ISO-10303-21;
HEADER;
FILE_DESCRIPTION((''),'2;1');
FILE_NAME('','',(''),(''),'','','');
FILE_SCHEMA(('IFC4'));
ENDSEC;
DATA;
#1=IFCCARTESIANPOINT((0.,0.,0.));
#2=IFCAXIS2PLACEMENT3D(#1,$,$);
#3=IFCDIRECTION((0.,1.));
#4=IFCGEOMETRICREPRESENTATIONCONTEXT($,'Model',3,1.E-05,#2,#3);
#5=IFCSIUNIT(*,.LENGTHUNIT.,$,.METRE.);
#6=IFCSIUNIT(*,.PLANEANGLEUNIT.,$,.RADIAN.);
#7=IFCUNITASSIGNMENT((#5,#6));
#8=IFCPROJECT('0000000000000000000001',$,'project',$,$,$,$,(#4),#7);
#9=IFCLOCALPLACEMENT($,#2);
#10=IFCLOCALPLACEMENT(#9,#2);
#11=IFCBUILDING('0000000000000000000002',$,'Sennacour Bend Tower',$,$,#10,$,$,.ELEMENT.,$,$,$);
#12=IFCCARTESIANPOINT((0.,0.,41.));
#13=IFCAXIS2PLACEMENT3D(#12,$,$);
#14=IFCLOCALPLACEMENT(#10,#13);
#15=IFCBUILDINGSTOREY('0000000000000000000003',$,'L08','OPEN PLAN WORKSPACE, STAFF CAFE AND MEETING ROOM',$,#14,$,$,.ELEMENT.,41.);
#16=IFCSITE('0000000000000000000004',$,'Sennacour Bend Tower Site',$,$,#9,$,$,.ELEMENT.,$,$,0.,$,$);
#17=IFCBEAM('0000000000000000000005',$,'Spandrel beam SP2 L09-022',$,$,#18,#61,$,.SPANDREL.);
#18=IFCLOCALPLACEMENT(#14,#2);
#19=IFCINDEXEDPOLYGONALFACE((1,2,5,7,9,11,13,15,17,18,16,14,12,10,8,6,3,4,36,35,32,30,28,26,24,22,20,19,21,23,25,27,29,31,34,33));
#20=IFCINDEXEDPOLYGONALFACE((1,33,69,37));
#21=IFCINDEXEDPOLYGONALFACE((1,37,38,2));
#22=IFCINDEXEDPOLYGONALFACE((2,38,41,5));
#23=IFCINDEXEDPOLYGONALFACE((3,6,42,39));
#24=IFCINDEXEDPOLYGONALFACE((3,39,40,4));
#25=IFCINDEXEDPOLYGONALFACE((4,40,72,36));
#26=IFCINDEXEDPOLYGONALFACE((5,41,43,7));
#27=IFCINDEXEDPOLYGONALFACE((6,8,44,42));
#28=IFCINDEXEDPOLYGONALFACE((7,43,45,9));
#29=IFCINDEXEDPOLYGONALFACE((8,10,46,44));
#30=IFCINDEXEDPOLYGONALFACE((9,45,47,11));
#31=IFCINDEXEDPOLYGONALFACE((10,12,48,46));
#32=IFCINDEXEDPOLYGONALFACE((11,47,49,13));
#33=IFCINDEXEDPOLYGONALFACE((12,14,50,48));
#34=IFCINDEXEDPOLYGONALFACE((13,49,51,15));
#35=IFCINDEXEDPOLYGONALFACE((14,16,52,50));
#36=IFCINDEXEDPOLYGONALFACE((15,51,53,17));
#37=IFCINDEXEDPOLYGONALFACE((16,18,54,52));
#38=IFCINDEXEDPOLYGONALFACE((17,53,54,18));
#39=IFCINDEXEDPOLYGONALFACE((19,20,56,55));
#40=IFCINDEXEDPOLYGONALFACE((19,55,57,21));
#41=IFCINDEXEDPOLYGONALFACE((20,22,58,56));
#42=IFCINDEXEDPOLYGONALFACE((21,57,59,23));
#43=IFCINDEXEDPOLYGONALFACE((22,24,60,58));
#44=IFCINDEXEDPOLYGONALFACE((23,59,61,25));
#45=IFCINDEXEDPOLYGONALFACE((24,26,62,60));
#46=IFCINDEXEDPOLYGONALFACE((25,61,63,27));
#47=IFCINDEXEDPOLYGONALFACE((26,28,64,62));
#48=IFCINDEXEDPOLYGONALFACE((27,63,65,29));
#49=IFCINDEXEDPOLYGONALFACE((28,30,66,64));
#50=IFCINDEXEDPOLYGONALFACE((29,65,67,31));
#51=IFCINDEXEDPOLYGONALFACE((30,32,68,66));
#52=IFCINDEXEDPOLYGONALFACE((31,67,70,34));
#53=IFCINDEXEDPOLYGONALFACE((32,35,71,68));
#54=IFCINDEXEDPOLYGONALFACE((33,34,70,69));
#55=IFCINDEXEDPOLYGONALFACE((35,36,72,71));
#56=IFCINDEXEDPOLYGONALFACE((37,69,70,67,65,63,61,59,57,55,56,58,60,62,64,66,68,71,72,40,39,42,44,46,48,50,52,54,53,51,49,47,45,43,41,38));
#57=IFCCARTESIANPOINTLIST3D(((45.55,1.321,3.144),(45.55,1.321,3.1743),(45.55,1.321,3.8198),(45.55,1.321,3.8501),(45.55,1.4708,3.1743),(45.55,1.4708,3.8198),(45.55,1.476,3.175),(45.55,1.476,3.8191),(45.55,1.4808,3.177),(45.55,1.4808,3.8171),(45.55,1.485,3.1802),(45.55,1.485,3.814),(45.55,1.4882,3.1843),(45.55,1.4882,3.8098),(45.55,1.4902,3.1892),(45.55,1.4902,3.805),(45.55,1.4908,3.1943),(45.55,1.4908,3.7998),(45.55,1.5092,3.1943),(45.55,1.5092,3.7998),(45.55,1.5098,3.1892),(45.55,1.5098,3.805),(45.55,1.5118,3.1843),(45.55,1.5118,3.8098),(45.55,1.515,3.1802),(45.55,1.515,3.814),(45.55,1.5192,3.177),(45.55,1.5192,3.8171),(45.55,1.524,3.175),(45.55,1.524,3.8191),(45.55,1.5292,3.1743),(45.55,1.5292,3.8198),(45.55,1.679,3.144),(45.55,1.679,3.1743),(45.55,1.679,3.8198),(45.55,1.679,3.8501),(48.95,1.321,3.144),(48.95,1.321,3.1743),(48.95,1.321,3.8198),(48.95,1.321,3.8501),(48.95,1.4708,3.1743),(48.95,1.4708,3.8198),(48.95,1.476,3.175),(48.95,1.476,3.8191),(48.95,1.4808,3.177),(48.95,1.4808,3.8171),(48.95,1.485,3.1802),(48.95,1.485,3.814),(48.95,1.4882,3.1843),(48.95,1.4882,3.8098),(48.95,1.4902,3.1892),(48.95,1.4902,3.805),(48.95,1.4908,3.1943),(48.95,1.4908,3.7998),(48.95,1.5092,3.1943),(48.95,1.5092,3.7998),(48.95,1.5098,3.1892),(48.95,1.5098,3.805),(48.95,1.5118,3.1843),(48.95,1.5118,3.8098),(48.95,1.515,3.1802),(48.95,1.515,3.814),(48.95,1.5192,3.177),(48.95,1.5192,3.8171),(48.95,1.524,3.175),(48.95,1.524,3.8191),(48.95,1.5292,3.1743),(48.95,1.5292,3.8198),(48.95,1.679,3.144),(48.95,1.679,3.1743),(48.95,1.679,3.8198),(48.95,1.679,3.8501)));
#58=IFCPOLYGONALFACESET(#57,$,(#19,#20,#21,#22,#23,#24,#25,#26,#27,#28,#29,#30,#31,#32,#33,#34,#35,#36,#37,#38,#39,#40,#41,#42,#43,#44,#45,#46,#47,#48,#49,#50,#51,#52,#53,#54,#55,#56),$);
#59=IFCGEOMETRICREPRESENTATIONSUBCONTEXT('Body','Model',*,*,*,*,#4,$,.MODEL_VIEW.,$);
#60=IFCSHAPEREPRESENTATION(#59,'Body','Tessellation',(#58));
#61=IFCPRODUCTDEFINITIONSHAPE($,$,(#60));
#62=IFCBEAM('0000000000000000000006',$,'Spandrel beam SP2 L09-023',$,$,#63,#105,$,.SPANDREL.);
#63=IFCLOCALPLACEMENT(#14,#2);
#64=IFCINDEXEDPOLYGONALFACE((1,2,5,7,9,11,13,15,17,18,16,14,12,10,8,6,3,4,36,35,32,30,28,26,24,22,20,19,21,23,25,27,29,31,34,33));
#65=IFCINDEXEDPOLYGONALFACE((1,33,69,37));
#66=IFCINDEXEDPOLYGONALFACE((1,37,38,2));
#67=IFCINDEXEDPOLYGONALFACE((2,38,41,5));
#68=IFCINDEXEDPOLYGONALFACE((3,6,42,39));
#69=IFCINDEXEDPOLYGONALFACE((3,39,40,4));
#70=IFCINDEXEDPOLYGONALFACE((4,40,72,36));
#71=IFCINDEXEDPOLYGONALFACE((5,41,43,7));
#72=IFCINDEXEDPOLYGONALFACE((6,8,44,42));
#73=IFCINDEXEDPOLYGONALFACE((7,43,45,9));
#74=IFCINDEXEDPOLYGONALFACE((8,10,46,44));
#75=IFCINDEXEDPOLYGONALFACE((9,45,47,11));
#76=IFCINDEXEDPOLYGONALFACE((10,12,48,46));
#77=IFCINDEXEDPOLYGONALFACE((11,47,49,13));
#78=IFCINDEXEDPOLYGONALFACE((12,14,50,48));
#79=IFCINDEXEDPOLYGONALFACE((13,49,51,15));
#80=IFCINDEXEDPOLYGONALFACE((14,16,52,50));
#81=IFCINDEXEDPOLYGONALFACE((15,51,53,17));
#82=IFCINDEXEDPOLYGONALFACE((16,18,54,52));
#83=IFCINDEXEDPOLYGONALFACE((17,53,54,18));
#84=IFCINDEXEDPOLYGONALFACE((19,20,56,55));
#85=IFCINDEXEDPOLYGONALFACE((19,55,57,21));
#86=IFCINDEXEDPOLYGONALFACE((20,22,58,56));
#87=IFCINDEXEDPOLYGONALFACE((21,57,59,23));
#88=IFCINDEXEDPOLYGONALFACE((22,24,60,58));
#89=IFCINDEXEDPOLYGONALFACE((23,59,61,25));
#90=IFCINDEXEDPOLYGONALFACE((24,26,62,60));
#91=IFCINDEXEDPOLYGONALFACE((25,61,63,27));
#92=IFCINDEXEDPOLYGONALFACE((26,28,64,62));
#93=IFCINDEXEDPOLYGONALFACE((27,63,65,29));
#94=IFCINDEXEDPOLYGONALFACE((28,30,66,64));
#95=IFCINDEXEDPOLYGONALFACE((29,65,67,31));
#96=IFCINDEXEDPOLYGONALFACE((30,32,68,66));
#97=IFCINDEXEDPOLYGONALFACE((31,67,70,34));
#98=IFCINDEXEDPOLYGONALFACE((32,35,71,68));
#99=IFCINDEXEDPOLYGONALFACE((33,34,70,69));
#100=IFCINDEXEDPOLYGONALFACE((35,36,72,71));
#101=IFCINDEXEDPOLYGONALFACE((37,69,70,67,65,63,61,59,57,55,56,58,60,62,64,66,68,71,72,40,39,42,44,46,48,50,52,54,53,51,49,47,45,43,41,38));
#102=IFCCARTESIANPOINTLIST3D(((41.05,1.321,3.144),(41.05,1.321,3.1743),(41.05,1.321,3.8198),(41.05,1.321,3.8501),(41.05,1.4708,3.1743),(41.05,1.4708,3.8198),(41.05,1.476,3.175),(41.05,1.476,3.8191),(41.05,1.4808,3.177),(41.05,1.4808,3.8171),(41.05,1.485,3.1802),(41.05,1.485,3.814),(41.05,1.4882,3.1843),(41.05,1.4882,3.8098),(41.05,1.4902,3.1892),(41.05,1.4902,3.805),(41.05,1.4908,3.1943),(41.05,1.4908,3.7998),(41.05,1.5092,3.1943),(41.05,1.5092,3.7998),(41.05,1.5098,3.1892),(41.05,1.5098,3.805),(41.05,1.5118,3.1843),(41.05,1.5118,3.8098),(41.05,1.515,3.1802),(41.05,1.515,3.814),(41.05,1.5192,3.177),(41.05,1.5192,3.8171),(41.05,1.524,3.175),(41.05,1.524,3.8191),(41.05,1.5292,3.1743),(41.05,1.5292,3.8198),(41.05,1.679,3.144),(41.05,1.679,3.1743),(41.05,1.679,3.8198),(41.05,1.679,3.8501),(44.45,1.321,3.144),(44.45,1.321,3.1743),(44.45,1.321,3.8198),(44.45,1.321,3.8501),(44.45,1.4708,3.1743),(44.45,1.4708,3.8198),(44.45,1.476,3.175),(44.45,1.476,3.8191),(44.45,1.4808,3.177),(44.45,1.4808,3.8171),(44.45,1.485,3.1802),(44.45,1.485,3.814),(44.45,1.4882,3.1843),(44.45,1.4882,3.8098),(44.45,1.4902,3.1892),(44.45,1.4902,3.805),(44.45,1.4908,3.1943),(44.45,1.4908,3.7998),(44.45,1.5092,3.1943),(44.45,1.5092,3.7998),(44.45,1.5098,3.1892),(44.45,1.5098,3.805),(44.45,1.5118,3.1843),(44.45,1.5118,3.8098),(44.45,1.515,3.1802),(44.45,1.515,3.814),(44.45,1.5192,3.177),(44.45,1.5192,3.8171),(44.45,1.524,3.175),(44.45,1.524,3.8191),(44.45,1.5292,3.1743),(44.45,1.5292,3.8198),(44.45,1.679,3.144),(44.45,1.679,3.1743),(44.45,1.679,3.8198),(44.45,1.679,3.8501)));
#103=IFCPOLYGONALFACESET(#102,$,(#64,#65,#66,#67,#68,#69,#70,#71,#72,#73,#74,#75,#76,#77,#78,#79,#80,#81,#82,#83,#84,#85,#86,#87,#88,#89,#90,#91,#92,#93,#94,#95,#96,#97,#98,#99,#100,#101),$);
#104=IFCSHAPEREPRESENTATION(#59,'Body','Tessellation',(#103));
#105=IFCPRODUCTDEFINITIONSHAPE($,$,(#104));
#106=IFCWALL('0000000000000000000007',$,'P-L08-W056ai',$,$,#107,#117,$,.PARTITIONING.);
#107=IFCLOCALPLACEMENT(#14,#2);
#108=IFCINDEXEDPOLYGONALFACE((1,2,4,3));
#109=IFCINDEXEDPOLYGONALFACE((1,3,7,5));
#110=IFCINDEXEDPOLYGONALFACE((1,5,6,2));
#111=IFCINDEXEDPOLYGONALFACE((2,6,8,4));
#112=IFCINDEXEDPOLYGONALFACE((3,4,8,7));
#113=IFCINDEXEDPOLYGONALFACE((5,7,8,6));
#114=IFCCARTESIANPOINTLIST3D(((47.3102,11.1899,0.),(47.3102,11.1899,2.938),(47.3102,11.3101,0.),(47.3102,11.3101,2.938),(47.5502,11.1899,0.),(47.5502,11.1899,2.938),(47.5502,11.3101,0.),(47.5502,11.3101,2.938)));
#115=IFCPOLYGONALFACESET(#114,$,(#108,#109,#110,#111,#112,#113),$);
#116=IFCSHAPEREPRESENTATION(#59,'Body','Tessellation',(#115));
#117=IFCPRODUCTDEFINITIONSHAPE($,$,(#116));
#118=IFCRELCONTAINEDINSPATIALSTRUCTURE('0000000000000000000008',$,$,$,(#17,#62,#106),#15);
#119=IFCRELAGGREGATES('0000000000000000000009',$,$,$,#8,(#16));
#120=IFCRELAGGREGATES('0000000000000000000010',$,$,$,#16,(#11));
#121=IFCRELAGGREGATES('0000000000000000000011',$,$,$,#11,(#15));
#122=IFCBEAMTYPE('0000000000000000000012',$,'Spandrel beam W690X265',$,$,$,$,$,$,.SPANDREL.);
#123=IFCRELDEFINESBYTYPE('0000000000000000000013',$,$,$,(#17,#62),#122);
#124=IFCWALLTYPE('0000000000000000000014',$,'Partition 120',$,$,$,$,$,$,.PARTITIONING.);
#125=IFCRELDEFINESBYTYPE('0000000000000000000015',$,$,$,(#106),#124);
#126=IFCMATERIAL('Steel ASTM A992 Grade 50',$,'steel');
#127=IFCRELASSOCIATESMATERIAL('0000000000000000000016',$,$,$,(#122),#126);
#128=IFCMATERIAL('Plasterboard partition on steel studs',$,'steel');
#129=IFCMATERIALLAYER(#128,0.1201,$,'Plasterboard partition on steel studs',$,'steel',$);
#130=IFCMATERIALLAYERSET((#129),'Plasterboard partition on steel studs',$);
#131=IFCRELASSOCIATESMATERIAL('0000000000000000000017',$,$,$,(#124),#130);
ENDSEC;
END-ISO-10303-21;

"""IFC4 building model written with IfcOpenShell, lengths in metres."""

from ifc_helpers import new_model, si_unit, direction, frame, frame_2d, origin, origin_2d, place, context, subcontext, project, spatial, rectangle, i_section, extrude, material, layer, layer_set, material_profile, profile_set, type_object, element, save


model = new_model("IFC4")

# Units and contexts
model_context = context("Model", 3, precision=1e-05, world=origin(), true_north=direction((0.0, 1.0)))
body_context = subcontext(model_context, "Body", "Model", "MODEL_VIEW")
ifc_project = project(units=[si_unit("LENGTHUNIT", "METRE"), si_unit("PLANEANGLEUNIT", "RADIAN")], contexts=[model_context])

# Site, building, storey
site_placement = place(None, origin())
site = spatial("IfcSite", under=ifc_project, at=site_placement, Name="Sennacour Bend Tower Site", CompositionType="ELEMENT", RefElevation=0.0)
building_placement = place(site_placement, origin())
building = spatial("IfcBuilding", under=site, at=building_placement, Name="Sennacour Bend Tower", CompositionType="ELEMENT")
storey_placement = place(building_placement, frame((0.0, 0.0, 41.0)))
storey = spatial("IfcBuildingStorey", under=building, at=storey_placement, Name="L08", Description="OPEN PLAN WORKSPACE, STAFF CAFE AND MEETING ROOM", CompositionType="ELEMENT", Elevation=41.0)

# Beams
ifc_material_1 = material(Name="Steel ASTM A992 Grade 50", Category="steel")
ifc_material_profile_1 = material_profile(ifc_material_1, i_section(OverallWidth=0.3579, OverallDepth=0.7061, WebThickness=0.0183, FlangeThickness=0.0303, FilletRadius=0.02, at=origin_2d()), Name="Steel ASTM A992 Grade 50", Category="steel")
ifc_profile_set_1 = profile_set([ifc_material_profile_1], Name="Steel ASTM A992 Grade 50")
beam_type_1 = type_object("IfcBeamType", Name="Spandrel beam W690X265", PredefinedType="SPANDREL", material=ifc_profile_set_1)
for number, where, z_axis, x_axis, name in (
    (1, (48.95, 1.5, 3.4971), (-1.0, 0.0, 0.0), (0.0, -1.0, 0.0), "Spandrel beam SP2 L09-022"),
    (2, (44.45, 1.5, 3.4971), (-1.0, 0.0, 0.0), (0.0, -1.0, 0.0), "Spandrel beam SP2 L09-023"),
):
    element("IfcBeam", number, at=place(storey_placement, frame(where, z_axis=z_axis, x_axis=x_axis)), inside=storey, type_object=beam_type_1, Name=name, PredefinedType="SPANDREL", context=body_context, shape_type="SweptSolid", body=[
        extrude(i_section(OverallWidth=0.3579, OverallDepth=0.7061, WebThickness=0.0183, FlangeThickness=0.0303, FilletRadius=0.02, at=origin_2d()), origin(), (0.0, 0.0, 1.0), 3.3999),
    ])

# Wall
ifc_material_2 = material(Name="Plasterboard partition on steel studs", Category="steel")
ifc_layer_1 = layer(ifc_material_2, 0.1201, Name="Plasterboard partition on steel studs", Category="steel")
ifc_layer_set_1 = layer_set([ifc_layer_1], Name="Plasterboard partition on steel studs")
wall_type_1 = type_object("IfcWallType", Name="Partition 120", PredefinedType="PARTITIONING", material=ifc_layer_set_1)
wall_1_placement = place(storey_placement, frame((47.3101, 11.25, 0.0), z_axis=(0.0, 0.0, 1.0), x_axis=(1.0, 0.0, 0.0)))
element("IfcWall", 3, at=wall_1_placement, inside=storey, type_object=wall_type_1, Name="P-L08-W056ai", PredefinedType="PARTITIONING", context=body_context, shape_type="SweptSolid", body=[
    extrude(rectangle(XDim=0.24, YDim=0.1201, at=frame_2d((0.1201, 0.0))), origin(), (0.0, 0.0, 1.0), 2.938),
])

save(model, "model.ifc")
